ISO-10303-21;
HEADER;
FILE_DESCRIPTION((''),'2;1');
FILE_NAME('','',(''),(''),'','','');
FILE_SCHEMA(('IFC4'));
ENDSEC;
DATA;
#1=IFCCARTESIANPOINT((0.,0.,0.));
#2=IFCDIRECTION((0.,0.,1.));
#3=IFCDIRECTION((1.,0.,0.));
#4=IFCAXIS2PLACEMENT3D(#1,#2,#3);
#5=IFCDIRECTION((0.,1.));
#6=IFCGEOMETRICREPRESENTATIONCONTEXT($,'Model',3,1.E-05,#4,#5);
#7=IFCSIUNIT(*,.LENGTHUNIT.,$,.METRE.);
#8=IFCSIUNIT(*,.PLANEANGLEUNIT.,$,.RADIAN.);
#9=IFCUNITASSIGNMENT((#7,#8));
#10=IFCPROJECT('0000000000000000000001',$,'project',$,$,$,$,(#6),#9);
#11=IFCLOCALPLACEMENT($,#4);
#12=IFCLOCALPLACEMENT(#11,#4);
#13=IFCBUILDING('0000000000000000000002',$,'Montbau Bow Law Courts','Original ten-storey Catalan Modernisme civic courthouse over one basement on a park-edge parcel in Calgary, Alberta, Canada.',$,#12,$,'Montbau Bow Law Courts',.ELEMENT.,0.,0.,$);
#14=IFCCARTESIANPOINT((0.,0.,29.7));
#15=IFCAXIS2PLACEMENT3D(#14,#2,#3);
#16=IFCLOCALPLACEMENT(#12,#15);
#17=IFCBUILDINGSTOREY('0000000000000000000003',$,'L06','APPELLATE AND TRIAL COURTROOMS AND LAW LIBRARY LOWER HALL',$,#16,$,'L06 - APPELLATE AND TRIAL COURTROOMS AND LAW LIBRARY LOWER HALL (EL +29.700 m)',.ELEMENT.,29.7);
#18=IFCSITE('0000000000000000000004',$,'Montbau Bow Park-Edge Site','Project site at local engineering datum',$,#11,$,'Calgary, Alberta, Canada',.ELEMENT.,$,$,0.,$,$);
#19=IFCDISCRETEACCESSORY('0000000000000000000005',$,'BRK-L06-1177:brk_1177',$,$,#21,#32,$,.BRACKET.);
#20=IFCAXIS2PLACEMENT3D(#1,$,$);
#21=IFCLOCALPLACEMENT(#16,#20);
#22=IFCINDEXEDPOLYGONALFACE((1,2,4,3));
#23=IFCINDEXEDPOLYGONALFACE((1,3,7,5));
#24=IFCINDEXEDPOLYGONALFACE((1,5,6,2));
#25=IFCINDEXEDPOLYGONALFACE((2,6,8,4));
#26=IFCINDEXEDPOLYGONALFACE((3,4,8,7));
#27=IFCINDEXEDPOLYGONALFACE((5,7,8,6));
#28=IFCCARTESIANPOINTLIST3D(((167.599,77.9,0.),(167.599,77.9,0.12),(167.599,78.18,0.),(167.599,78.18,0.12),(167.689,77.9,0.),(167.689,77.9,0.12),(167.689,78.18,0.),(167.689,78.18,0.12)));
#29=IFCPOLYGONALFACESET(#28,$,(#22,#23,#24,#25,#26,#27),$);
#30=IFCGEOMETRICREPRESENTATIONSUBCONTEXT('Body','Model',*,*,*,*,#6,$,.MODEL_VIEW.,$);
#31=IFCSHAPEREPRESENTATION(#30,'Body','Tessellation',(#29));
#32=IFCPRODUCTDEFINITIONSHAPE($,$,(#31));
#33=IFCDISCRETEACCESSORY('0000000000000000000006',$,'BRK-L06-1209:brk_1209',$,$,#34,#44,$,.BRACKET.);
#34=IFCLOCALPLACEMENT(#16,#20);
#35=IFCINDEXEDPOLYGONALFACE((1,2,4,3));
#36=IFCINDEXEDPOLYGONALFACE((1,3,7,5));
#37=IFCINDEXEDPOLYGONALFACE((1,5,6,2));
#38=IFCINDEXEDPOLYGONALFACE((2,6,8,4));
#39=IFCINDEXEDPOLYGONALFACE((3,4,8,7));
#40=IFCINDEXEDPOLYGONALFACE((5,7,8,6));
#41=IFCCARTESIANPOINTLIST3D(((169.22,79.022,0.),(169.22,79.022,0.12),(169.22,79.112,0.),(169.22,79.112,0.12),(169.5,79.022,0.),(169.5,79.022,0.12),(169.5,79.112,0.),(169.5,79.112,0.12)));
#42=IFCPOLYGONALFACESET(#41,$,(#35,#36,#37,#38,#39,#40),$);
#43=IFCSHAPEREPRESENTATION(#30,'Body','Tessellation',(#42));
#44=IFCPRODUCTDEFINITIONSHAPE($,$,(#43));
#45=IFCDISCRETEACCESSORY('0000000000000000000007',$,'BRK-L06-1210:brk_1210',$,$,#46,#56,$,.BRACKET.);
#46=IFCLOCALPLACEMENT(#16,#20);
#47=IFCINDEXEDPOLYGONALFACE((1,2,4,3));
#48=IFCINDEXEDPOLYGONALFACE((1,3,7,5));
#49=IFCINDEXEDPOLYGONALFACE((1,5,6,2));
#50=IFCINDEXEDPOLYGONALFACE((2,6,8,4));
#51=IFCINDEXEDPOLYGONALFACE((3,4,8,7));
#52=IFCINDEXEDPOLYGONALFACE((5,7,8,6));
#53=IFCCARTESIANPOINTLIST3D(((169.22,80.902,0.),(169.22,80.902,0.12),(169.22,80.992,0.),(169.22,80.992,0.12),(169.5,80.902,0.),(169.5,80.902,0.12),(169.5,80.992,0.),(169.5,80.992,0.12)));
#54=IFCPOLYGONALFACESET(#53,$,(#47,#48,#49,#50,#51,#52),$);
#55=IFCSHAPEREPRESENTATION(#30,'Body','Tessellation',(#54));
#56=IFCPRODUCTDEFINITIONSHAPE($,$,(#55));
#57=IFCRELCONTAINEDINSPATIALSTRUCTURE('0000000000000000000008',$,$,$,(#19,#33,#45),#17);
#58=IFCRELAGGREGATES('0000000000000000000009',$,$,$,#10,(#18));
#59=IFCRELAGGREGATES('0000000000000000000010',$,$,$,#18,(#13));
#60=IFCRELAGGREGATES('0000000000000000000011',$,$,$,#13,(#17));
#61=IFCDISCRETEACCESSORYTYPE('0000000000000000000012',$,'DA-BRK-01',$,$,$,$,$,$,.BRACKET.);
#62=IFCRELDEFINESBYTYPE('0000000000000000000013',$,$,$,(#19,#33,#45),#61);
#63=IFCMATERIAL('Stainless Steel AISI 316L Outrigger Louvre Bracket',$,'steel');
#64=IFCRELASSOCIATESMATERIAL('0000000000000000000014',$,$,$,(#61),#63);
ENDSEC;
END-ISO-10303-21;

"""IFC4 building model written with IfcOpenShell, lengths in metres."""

from ifc_helpers import new_model, si_unit, direction, frame, origin_with_axes, origin_2d_with_axis, place, context, subcontext, project, spatial, rectangle, extrude, material, type_object, element, save


model = new_model("IFC4")

# Units and contexts
model_context = context("Model", 3, precision=1e-05, world=origin_with_axes(), true_north=direction((0.0, 1.0)))
body_context = subcontext(model_context, "Body", "Model", "MODEL_VIEW")
ifc_project = project(units=[si_unit("LENGTHUNIT", "METRE"), si_unit("PLANEANGLEUNIT", "RADIAN")], contexts=[model_context])

# Site, building, storey
site_placement = place(None, origin_with_axes())
site = spatial("IfcSite", under=ifc_project, at=site_placement, Name="Montbau Bow Park-Edge Site", Description="Project site at local engineering datum", LongName="Calgary, Alberta, Canada", CompositionType="ELEMENT", RefElevation=0.0)
building_placement = place(site_placement, origin_with_axes())
building = spatial("IfcBuilding", under=site, at=building_placement, Name="Montbau Bow Law Courts", Description="Original ten-storey Catalan Modernisme civic courthouse over one basement on a park-edge parcel in Calgary, Alberta, Canada.", LongName="Montbau Bow Law Courts", CompositionType="ELEMENT", ElevationOfRefHeight=0.0, ElevationOfTerrain=0.0)
storey_placement = place(building_placement, frame((0.0, 0.0, 29.7), z_axis=(0.0, 0.0, 1.0), x_axis=(1.0, 0.0, 0.0)))
storey = spatial("IfcBuildingStorey", under=building, at=storey_placement, Name="L06", Description="APPELLATE AND TRIAL COURTROOMS AND LAW LIBRARY LOWER HALL", LongName="L06 - APPELLATE AND TRIAL COURTROOMS AND LAW LIBRARY LOWER HALL (EL +29.700 m)", CompositionType="ELEMENT", Elevation=29.7)

# Discrete accessories
ifc_material_1 = material(Name="Stainless Steel AISI 316L Outrigger Louvre Bracket", Category="steel")
discrete_accessory_type = type_object("IfcDiscreteAccessoryType", Name="DA-BRK-01", PredefinedType="BRACKET", material=ifc_material_1)
for number, where, z_axis, x_axis, name in (
    (1, (167.644, 78.04, 29.7), (0.0, 0.0, 1.0), (0.0, -1.0, 0.0), "BRK-L06-1177:brk_1177"),
    (2, (169.36, 79.067, 29.7), (0.0, 0.0, 1.0), (1.0, 0.0, 0.0), "BRK-L06-1209:brk_1209"),
    (3, (169.36, 80.947, 29.7), (0.0, 0.0, 1.0), (1.0, 0.0, 0.0), "BRK-L06-1210:brk_1210"),
):
    element("IfcDiscreteAccessory", number, at=place(None, frame(where, z_axis=z_axis, x_axis=x_axis)), inside=storey, type_object=discrete_accessory_type, Name=name, PredefinedType="BRACKET", context=body_context, shape_type="SweptSolid", body=[
        extrude(rectangle(XDim=0.28, YDim=0.09, at=origin_2d_with_axis()), origin_with_axes(), (0.0, 0.0, 1.0), 0.12),
    ])

save(model, "model.ifc")
